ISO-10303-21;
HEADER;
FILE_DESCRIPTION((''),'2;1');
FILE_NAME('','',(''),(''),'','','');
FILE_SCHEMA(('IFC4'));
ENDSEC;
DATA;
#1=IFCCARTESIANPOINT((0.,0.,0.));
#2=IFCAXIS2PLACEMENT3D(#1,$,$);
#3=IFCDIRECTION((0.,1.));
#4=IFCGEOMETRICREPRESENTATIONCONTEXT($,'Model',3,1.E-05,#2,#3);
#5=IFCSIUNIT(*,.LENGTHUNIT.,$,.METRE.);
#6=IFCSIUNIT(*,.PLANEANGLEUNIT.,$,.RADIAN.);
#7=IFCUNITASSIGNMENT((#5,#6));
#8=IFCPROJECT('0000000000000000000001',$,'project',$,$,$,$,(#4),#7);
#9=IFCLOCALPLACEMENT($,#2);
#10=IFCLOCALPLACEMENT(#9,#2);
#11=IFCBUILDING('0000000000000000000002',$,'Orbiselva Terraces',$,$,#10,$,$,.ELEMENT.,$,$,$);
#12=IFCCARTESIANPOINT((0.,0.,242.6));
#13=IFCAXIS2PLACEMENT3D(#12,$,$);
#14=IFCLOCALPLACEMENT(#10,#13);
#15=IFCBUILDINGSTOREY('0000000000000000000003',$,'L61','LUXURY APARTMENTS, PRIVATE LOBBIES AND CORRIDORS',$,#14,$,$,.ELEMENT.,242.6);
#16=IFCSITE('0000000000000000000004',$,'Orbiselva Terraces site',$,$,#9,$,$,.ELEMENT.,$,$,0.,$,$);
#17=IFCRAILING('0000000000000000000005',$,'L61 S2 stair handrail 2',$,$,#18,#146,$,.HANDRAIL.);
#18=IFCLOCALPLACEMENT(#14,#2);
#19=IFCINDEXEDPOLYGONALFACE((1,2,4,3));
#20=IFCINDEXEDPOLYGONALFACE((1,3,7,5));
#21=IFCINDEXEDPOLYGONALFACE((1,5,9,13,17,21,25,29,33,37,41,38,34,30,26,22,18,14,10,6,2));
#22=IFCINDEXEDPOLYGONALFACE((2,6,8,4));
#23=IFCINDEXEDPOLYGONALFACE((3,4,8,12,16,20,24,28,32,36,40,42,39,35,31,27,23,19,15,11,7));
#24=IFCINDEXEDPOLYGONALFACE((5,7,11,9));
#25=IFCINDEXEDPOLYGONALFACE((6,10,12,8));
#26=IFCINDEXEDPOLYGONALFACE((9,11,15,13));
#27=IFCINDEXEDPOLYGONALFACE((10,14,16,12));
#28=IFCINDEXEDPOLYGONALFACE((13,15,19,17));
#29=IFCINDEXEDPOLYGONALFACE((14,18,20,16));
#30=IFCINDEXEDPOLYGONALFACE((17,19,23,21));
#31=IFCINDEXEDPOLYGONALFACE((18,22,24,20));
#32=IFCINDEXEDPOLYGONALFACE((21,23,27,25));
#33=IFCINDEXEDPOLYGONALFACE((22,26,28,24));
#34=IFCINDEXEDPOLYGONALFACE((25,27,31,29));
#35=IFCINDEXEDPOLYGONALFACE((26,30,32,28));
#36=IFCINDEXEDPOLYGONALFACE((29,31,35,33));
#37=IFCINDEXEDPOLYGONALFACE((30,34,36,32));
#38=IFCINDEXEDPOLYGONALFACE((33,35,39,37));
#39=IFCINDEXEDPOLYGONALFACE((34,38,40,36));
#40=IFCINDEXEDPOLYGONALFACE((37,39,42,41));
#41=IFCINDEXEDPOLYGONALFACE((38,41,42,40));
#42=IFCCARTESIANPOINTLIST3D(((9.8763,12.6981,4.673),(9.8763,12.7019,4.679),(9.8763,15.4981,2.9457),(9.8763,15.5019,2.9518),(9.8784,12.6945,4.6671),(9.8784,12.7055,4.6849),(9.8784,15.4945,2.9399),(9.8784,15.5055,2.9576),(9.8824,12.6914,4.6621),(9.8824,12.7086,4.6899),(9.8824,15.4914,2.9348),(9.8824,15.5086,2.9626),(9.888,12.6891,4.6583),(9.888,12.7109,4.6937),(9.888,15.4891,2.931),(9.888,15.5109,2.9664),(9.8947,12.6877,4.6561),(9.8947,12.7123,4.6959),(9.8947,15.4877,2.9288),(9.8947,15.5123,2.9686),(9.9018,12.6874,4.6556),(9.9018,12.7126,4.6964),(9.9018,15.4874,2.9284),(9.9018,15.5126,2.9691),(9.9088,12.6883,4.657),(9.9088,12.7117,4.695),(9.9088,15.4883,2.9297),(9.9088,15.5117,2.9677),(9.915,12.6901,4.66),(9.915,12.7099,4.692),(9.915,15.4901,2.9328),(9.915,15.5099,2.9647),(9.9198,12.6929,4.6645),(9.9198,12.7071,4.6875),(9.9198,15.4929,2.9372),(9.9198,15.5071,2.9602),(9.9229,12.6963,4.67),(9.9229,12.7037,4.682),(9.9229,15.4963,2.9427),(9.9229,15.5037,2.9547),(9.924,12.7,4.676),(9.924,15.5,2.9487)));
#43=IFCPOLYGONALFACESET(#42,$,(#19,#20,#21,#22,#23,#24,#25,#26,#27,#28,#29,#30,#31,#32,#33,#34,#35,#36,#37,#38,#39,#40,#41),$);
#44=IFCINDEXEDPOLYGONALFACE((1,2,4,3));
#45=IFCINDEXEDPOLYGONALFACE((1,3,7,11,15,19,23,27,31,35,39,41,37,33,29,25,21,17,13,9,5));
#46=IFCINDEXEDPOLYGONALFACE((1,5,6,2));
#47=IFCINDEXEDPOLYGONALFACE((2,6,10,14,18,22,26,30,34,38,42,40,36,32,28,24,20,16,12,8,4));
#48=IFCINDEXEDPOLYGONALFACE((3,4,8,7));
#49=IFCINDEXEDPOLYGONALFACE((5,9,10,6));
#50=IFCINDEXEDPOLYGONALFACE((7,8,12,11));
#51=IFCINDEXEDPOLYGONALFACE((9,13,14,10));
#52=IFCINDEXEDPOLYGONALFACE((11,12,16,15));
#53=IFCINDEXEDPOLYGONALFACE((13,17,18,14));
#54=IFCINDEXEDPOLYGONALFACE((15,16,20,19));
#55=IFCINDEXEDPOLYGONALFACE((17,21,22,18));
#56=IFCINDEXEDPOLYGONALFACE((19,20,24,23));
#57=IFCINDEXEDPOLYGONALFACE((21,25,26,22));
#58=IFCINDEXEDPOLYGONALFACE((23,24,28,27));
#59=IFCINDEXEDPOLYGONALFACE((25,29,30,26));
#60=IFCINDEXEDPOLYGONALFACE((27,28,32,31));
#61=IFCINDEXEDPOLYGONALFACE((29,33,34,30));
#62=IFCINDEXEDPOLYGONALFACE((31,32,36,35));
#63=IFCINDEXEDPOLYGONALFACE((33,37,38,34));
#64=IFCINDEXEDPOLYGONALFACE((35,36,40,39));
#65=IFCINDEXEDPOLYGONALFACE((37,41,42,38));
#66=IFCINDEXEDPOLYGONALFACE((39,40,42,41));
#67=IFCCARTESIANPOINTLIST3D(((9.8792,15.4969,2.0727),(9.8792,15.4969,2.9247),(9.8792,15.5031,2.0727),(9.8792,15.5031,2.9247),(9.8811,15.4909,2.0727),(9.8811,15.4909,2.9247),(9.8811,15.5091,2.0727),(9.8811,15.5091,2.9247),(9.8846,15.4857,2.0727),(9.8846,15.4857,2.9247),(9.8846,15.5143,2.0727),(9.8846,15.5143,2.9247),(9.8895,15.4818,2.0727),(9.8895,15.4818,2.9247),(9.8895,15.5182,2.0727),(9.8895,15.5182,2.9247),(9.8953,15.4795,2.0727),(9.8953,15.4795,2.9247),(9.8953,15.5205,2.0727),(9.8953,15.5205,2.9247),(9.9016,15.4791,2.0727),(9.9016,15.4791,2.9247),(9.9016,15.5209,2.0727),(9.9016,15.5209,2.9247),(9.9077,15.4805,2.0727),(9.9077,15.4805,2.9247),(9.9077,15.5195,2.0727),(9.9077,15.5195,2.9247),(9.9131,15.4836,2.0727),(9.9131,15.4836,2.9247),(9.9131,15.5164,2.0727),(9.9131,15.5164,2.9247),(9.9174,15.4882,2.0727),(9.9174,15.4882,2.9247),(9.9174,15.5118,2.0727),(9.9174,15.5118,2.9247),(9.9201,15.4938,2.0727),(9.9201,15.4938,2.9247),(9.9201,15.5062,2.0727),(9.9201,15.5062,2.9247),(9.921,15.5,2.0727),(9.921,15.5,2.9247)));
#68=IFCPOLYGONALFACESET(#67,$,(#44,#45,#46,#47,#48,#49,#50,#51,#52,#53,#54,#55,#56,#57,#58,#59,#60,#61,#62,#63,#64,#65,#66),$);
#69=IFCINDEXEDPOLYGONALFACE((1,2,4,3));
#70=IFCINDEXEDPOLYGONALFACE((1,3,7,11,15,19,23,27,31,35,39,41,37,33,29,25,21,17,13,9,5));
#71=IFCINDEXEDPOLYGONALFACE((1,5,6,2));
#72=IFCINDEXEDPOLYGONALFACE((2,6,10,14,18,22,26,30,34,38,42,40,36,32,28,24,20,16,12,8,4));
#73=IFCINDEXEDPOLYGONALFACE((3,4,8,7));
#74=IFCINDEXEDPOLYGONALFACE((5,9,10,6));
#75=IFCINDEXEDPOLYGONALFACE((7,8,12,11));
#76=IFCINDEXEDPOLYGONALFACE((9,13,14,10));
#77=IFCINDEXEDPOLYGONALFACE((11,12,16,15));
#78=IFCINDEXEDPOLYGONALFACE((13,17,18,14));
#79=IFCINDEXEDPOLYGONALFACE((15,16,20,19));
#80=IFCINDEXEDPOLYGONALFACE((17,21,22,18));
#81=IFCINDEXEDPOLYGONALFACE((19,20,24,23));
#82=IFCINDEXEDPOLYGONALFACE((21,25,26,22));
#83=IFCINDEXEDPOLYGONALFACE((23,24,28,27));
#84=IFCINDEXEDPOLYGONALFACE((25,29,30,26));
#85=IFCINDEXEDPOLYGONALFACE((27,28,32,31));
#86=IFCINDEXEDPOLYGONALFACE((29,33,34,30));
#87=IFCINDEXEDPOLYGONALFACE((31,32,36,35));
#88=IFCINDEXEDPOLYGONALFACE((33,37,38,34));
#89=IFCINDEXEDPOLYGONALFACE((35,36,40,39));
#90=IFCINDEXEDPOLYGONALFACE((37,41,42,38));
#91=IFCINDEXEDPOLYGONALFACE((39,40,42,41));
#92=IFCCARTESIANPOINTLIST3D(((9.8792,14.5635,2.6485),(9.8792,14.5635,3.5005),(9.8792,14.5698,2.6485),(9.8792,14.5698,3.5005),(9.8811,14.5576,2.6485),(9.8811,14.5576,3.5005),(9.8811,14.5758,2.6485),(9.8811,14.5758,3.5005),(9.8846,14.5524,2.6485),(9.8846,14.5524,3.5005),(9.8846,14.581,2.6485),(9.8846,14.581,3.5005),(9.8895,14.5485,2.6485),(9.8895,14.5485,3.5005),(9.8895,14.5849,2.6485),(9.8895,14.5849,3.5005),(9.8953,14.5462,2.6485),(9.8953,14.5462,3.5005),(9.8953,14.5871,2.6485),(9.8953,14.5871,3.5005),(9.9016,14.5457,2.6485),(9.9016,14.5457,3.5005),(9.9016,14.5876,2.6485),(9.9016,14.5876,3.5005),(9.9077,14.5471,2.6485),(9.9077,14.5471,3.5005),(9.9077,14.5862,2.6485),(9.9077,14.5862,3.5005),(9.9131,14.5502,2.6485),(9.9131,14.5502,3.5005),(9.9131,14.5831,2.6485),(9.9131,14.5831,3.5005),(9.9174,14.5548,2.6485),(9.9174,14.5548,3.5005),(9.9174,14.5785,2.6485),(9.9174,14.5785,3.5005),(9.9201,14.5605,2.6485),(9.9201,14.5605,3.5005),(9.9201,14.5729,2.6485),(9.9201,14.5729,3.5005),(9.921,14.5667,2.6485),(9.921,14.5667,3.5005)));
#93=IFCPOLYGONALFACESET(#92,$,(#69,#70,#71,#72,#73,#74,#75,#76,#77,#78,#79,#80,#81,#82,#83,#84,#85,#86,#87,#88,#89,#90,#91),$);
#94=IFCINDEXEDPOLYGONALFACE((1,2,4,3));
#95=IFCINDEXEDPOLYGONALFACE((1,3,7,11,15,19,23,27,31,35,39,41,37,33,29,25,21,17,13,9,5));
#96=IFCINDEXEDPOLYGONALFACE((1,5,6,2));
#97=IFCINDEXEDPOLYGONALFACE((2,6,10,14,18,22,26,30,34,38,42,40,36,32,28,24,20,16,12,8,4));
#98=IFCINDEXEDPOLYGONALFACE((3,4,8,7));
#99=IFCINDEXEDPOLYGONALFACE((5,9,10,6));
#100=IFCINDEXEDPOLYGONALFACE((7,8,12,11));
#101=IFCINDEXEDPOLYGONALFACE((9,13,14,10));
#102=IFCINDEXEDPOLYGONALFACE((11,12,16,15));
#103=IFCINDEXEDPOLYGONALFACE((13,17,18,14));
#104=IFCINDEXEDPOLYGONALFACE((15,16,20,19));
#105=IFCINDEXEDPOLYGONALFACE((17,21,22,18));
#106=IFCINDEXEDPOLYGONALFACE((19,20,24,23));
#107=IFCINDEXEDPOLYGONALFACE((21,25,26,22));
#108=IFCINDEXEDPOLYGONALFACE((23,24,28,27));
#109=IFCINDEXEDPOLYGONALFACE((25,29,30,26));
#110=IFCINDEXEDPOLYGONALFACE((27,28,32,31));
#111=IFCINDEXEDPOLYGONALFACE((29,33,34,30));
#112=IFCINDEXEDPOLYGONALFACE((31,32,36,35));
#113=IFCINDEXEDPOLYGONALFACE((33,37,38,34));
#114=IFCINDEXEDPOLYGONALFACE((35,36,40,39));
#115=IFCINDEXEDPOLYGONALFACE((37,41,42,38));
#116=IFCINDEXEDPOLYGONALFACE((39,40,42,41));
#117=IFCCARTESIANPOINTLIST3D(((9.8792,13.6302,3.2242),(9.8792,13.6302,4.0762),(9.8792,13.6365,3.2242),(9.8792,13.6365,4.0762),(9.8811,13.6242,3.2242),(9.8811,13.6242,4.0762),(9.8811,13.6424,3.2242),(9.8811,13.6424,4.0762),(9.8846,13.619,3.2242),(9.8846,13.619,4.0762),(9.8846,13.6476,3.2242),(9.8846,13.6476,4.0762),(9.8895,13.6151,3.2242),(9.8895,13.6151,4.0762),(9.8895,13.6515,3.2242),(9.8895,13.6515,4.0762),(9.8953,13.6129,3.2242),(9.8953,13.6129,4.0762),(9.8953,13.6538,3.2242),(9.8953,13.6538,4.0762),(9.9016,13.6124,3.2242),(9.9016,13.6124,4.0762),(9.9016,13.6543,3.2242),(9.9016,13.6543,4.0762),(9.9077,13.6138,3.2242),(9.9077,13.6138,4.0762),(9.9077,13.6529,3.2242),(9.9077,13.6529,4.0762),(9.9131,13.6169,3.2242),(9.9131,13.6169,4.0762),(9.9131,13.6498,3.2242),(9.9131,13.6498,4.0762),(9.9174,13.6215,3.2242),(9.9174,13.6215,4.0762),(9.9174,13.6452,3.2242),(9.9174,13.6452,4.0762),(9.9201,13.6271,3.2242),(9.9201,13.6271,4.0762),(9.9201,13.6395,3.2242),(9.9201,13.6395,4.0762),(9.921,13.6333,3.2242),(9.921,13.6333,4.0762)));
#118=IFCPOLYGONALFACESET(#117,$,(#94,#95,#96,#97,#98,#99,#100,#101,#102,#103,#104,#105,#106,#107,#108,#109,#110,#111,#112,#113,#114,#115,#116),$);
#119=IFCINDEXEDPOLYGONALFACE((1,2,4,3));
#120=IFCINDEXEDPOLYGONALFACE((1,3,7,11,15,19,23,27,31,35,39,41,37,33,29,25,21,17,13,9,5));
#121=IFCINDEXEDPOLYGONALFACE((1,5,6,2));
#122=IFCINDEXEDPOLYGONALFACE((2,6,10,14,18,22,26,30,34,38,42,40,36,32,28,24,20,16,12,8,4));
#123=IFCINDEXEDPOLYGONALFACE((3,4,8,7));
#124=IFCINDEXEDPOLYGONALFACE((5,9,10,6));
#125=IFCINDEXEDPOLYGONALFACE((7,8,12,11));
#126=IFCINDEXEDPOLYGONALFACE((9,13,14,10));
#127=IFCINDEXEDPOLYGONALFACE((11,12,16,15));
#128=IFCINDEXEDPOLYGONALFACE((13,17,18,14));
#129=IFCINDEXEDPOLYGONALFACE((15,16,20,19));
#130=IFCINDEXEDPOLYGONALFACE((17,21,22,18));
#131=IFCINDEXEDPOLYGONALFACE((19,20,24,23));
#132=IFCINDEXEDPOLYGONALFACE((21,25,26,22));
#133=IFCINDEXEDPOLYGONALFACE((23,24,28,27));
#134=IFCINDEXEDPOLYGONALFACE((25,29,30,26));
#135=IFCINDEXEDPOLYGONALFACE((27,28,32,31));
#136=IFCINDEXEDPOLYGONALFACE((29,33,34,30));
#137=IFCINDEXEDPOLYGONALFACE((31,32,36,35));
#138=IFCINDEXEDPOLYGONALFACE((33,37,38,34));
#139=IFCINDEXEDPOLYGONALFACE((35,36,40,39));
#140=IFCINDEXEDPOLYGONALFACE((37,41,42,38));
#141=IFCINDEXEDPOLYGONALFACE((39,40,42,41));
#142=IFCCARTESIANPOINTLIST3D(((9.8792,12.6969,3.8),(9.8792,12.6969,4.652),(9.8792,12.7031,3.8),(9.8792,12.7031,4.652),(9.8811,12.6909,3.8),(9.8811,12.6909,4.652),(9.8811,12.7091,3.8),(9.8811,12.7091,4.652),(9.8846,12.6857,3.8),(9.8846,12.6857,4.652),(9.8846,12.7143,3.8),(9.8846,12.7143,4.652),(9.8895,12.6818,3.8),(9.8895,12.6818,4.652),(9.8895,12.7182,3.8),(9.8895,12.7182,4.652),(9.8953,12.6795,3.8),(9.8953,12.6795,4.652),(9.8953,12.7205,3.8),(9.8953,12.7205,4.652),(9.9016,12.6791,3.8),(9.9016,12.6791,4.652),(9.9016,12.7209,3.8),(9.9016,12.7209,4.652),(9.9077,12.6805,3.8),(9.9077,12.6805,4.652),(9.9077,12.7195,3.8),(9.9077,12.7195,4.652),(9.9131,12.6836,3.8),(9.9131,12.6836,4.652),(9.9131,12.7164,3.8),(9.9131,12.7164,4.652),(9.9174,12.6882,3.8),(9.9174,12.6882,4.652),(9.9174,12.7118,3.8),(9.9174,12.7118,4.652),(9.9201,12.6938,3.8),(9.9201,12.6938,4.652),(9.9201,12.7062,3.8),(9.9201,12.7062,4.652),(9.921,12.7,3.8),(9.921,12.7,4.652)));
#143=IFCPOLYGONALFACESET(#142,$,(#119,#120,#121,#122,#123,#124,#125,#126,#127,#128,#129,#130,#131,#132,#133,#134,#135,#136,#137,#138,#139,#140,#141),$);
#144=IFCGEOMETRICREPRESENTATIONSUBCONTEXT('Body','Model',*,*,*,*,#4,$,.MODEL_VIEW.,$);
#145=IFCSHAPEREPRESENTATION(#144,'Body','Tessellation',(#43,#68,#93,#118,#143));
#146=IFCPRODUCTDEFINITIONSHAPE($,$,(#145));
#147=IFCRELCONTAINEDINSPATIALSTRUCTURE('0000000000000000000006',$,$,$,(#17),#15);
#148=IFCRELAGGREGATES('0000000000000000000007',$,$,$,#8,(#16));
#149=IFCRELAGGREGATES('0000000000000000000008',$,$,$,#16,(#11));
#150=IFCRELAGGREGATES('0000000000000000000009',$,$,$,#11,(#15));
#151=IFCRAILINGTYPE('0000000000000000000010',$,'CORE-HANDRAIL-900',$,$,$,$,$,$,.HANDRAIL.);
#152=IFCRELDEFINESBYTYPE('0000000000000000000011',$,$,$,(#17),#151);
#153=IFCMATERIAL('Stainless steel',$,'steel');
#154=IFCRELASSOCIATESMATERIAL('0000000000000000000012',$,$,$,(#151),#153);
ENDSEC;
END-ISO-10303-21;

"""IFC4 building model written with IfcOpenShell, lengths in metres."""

from ifc_helpers import new_model, si_unit, direction, frame, origin, origin_2d, place, context, subcontext, project, spatial, circle, extrude, material, type_object, element, save


model = new_model("IFC4")

# Units and contexts
model_context = context("Model", 3, precision=1e-05, world=origin(), true_north=direction((0.0, 1.0)))
body_context = subcontext(model_context, "Body", "Model", "MODEL_VIEW")
ifc_project = project(units=[si_unit("LENGTHUNIT", "METRE"), si_unit("PLANEANGLEUNIT", "RADIAN")], contexts=[model_context])

# Site, building, storey
site_placement = place(None, origin())
site = spatial("IfcSite", under=ifc_project, at=site_placement, Name="Orbiselva Terraces site", CompositionType="ELEMENT", RefElevation=0.0)
building_placement = place(site_placement, origin())
building = spatial("IfcBuilding", under=site, at=building_placement, Name="Orbiselva Terraces", CompositionType="ELEMENT")
storey_placement = place(building_placement, frame((0.0, 0.0, 242.6)))
storey = spatial("IfcBuildingStorey", under=building, at=storey_placement, Name="L61", Description="LUXURY APARTMENTS, PRIVATE LOBBIES AND CORRIDORS", CompositionType="ELEMENT", Elevation=242.6)

# Railing
ifc_material_1 = material(Name="Stainless steel", Category="steel")
railing_type = type_object("IfcRailingType", Name="CORE-HANDRAIL-900", PredefinedType="HANDRAIL", material=ifc_material_1)
railing_1_placement = place(storey_placement, frame((9.9, 15.5, 2.0727)))
element("IfcRailing", 1, at=railing_1_placement, inside=storey, type_object=railing_type, Name="L61 S2 stair handrail 2", PredefinedType="HANDRAIL", context=body_context, shape_type="SweptSolid", body=[
    extrude(circle(Radius=0.024, at=origin_2d()), frame((0.0, 0.0, 0.876), z_axis=(0.0, -0.851089, 0.525022), x_axis=(1.0, 0.0, 0.0)), (0.0, 0.0, 1.0), 3.2899),
    extrude(circle(Radius=0.021, at=origin_2d()), origin(), (0.0, 0.0, 1.0), 0.852),
    extrude(circle(Radius=0.021, at=origin_2d()), frame((0.0, -0.9333, 0.5758)), (0.0, 0.0, 1.0), 0.852),
    extrude(circle(Radius=0.021, at=origin_2d()), frame((0.0, -1.8667, 1.1515)), (0.0, 0.0, 1.0), 0.852),
    extrude(circle(Radius=0.021, at=origin_2d()), frame((0.0, -2.8, 1.7273)), (0.0, 0.0, 1.0), 0.852),
])

save(model, "model.ifc")
